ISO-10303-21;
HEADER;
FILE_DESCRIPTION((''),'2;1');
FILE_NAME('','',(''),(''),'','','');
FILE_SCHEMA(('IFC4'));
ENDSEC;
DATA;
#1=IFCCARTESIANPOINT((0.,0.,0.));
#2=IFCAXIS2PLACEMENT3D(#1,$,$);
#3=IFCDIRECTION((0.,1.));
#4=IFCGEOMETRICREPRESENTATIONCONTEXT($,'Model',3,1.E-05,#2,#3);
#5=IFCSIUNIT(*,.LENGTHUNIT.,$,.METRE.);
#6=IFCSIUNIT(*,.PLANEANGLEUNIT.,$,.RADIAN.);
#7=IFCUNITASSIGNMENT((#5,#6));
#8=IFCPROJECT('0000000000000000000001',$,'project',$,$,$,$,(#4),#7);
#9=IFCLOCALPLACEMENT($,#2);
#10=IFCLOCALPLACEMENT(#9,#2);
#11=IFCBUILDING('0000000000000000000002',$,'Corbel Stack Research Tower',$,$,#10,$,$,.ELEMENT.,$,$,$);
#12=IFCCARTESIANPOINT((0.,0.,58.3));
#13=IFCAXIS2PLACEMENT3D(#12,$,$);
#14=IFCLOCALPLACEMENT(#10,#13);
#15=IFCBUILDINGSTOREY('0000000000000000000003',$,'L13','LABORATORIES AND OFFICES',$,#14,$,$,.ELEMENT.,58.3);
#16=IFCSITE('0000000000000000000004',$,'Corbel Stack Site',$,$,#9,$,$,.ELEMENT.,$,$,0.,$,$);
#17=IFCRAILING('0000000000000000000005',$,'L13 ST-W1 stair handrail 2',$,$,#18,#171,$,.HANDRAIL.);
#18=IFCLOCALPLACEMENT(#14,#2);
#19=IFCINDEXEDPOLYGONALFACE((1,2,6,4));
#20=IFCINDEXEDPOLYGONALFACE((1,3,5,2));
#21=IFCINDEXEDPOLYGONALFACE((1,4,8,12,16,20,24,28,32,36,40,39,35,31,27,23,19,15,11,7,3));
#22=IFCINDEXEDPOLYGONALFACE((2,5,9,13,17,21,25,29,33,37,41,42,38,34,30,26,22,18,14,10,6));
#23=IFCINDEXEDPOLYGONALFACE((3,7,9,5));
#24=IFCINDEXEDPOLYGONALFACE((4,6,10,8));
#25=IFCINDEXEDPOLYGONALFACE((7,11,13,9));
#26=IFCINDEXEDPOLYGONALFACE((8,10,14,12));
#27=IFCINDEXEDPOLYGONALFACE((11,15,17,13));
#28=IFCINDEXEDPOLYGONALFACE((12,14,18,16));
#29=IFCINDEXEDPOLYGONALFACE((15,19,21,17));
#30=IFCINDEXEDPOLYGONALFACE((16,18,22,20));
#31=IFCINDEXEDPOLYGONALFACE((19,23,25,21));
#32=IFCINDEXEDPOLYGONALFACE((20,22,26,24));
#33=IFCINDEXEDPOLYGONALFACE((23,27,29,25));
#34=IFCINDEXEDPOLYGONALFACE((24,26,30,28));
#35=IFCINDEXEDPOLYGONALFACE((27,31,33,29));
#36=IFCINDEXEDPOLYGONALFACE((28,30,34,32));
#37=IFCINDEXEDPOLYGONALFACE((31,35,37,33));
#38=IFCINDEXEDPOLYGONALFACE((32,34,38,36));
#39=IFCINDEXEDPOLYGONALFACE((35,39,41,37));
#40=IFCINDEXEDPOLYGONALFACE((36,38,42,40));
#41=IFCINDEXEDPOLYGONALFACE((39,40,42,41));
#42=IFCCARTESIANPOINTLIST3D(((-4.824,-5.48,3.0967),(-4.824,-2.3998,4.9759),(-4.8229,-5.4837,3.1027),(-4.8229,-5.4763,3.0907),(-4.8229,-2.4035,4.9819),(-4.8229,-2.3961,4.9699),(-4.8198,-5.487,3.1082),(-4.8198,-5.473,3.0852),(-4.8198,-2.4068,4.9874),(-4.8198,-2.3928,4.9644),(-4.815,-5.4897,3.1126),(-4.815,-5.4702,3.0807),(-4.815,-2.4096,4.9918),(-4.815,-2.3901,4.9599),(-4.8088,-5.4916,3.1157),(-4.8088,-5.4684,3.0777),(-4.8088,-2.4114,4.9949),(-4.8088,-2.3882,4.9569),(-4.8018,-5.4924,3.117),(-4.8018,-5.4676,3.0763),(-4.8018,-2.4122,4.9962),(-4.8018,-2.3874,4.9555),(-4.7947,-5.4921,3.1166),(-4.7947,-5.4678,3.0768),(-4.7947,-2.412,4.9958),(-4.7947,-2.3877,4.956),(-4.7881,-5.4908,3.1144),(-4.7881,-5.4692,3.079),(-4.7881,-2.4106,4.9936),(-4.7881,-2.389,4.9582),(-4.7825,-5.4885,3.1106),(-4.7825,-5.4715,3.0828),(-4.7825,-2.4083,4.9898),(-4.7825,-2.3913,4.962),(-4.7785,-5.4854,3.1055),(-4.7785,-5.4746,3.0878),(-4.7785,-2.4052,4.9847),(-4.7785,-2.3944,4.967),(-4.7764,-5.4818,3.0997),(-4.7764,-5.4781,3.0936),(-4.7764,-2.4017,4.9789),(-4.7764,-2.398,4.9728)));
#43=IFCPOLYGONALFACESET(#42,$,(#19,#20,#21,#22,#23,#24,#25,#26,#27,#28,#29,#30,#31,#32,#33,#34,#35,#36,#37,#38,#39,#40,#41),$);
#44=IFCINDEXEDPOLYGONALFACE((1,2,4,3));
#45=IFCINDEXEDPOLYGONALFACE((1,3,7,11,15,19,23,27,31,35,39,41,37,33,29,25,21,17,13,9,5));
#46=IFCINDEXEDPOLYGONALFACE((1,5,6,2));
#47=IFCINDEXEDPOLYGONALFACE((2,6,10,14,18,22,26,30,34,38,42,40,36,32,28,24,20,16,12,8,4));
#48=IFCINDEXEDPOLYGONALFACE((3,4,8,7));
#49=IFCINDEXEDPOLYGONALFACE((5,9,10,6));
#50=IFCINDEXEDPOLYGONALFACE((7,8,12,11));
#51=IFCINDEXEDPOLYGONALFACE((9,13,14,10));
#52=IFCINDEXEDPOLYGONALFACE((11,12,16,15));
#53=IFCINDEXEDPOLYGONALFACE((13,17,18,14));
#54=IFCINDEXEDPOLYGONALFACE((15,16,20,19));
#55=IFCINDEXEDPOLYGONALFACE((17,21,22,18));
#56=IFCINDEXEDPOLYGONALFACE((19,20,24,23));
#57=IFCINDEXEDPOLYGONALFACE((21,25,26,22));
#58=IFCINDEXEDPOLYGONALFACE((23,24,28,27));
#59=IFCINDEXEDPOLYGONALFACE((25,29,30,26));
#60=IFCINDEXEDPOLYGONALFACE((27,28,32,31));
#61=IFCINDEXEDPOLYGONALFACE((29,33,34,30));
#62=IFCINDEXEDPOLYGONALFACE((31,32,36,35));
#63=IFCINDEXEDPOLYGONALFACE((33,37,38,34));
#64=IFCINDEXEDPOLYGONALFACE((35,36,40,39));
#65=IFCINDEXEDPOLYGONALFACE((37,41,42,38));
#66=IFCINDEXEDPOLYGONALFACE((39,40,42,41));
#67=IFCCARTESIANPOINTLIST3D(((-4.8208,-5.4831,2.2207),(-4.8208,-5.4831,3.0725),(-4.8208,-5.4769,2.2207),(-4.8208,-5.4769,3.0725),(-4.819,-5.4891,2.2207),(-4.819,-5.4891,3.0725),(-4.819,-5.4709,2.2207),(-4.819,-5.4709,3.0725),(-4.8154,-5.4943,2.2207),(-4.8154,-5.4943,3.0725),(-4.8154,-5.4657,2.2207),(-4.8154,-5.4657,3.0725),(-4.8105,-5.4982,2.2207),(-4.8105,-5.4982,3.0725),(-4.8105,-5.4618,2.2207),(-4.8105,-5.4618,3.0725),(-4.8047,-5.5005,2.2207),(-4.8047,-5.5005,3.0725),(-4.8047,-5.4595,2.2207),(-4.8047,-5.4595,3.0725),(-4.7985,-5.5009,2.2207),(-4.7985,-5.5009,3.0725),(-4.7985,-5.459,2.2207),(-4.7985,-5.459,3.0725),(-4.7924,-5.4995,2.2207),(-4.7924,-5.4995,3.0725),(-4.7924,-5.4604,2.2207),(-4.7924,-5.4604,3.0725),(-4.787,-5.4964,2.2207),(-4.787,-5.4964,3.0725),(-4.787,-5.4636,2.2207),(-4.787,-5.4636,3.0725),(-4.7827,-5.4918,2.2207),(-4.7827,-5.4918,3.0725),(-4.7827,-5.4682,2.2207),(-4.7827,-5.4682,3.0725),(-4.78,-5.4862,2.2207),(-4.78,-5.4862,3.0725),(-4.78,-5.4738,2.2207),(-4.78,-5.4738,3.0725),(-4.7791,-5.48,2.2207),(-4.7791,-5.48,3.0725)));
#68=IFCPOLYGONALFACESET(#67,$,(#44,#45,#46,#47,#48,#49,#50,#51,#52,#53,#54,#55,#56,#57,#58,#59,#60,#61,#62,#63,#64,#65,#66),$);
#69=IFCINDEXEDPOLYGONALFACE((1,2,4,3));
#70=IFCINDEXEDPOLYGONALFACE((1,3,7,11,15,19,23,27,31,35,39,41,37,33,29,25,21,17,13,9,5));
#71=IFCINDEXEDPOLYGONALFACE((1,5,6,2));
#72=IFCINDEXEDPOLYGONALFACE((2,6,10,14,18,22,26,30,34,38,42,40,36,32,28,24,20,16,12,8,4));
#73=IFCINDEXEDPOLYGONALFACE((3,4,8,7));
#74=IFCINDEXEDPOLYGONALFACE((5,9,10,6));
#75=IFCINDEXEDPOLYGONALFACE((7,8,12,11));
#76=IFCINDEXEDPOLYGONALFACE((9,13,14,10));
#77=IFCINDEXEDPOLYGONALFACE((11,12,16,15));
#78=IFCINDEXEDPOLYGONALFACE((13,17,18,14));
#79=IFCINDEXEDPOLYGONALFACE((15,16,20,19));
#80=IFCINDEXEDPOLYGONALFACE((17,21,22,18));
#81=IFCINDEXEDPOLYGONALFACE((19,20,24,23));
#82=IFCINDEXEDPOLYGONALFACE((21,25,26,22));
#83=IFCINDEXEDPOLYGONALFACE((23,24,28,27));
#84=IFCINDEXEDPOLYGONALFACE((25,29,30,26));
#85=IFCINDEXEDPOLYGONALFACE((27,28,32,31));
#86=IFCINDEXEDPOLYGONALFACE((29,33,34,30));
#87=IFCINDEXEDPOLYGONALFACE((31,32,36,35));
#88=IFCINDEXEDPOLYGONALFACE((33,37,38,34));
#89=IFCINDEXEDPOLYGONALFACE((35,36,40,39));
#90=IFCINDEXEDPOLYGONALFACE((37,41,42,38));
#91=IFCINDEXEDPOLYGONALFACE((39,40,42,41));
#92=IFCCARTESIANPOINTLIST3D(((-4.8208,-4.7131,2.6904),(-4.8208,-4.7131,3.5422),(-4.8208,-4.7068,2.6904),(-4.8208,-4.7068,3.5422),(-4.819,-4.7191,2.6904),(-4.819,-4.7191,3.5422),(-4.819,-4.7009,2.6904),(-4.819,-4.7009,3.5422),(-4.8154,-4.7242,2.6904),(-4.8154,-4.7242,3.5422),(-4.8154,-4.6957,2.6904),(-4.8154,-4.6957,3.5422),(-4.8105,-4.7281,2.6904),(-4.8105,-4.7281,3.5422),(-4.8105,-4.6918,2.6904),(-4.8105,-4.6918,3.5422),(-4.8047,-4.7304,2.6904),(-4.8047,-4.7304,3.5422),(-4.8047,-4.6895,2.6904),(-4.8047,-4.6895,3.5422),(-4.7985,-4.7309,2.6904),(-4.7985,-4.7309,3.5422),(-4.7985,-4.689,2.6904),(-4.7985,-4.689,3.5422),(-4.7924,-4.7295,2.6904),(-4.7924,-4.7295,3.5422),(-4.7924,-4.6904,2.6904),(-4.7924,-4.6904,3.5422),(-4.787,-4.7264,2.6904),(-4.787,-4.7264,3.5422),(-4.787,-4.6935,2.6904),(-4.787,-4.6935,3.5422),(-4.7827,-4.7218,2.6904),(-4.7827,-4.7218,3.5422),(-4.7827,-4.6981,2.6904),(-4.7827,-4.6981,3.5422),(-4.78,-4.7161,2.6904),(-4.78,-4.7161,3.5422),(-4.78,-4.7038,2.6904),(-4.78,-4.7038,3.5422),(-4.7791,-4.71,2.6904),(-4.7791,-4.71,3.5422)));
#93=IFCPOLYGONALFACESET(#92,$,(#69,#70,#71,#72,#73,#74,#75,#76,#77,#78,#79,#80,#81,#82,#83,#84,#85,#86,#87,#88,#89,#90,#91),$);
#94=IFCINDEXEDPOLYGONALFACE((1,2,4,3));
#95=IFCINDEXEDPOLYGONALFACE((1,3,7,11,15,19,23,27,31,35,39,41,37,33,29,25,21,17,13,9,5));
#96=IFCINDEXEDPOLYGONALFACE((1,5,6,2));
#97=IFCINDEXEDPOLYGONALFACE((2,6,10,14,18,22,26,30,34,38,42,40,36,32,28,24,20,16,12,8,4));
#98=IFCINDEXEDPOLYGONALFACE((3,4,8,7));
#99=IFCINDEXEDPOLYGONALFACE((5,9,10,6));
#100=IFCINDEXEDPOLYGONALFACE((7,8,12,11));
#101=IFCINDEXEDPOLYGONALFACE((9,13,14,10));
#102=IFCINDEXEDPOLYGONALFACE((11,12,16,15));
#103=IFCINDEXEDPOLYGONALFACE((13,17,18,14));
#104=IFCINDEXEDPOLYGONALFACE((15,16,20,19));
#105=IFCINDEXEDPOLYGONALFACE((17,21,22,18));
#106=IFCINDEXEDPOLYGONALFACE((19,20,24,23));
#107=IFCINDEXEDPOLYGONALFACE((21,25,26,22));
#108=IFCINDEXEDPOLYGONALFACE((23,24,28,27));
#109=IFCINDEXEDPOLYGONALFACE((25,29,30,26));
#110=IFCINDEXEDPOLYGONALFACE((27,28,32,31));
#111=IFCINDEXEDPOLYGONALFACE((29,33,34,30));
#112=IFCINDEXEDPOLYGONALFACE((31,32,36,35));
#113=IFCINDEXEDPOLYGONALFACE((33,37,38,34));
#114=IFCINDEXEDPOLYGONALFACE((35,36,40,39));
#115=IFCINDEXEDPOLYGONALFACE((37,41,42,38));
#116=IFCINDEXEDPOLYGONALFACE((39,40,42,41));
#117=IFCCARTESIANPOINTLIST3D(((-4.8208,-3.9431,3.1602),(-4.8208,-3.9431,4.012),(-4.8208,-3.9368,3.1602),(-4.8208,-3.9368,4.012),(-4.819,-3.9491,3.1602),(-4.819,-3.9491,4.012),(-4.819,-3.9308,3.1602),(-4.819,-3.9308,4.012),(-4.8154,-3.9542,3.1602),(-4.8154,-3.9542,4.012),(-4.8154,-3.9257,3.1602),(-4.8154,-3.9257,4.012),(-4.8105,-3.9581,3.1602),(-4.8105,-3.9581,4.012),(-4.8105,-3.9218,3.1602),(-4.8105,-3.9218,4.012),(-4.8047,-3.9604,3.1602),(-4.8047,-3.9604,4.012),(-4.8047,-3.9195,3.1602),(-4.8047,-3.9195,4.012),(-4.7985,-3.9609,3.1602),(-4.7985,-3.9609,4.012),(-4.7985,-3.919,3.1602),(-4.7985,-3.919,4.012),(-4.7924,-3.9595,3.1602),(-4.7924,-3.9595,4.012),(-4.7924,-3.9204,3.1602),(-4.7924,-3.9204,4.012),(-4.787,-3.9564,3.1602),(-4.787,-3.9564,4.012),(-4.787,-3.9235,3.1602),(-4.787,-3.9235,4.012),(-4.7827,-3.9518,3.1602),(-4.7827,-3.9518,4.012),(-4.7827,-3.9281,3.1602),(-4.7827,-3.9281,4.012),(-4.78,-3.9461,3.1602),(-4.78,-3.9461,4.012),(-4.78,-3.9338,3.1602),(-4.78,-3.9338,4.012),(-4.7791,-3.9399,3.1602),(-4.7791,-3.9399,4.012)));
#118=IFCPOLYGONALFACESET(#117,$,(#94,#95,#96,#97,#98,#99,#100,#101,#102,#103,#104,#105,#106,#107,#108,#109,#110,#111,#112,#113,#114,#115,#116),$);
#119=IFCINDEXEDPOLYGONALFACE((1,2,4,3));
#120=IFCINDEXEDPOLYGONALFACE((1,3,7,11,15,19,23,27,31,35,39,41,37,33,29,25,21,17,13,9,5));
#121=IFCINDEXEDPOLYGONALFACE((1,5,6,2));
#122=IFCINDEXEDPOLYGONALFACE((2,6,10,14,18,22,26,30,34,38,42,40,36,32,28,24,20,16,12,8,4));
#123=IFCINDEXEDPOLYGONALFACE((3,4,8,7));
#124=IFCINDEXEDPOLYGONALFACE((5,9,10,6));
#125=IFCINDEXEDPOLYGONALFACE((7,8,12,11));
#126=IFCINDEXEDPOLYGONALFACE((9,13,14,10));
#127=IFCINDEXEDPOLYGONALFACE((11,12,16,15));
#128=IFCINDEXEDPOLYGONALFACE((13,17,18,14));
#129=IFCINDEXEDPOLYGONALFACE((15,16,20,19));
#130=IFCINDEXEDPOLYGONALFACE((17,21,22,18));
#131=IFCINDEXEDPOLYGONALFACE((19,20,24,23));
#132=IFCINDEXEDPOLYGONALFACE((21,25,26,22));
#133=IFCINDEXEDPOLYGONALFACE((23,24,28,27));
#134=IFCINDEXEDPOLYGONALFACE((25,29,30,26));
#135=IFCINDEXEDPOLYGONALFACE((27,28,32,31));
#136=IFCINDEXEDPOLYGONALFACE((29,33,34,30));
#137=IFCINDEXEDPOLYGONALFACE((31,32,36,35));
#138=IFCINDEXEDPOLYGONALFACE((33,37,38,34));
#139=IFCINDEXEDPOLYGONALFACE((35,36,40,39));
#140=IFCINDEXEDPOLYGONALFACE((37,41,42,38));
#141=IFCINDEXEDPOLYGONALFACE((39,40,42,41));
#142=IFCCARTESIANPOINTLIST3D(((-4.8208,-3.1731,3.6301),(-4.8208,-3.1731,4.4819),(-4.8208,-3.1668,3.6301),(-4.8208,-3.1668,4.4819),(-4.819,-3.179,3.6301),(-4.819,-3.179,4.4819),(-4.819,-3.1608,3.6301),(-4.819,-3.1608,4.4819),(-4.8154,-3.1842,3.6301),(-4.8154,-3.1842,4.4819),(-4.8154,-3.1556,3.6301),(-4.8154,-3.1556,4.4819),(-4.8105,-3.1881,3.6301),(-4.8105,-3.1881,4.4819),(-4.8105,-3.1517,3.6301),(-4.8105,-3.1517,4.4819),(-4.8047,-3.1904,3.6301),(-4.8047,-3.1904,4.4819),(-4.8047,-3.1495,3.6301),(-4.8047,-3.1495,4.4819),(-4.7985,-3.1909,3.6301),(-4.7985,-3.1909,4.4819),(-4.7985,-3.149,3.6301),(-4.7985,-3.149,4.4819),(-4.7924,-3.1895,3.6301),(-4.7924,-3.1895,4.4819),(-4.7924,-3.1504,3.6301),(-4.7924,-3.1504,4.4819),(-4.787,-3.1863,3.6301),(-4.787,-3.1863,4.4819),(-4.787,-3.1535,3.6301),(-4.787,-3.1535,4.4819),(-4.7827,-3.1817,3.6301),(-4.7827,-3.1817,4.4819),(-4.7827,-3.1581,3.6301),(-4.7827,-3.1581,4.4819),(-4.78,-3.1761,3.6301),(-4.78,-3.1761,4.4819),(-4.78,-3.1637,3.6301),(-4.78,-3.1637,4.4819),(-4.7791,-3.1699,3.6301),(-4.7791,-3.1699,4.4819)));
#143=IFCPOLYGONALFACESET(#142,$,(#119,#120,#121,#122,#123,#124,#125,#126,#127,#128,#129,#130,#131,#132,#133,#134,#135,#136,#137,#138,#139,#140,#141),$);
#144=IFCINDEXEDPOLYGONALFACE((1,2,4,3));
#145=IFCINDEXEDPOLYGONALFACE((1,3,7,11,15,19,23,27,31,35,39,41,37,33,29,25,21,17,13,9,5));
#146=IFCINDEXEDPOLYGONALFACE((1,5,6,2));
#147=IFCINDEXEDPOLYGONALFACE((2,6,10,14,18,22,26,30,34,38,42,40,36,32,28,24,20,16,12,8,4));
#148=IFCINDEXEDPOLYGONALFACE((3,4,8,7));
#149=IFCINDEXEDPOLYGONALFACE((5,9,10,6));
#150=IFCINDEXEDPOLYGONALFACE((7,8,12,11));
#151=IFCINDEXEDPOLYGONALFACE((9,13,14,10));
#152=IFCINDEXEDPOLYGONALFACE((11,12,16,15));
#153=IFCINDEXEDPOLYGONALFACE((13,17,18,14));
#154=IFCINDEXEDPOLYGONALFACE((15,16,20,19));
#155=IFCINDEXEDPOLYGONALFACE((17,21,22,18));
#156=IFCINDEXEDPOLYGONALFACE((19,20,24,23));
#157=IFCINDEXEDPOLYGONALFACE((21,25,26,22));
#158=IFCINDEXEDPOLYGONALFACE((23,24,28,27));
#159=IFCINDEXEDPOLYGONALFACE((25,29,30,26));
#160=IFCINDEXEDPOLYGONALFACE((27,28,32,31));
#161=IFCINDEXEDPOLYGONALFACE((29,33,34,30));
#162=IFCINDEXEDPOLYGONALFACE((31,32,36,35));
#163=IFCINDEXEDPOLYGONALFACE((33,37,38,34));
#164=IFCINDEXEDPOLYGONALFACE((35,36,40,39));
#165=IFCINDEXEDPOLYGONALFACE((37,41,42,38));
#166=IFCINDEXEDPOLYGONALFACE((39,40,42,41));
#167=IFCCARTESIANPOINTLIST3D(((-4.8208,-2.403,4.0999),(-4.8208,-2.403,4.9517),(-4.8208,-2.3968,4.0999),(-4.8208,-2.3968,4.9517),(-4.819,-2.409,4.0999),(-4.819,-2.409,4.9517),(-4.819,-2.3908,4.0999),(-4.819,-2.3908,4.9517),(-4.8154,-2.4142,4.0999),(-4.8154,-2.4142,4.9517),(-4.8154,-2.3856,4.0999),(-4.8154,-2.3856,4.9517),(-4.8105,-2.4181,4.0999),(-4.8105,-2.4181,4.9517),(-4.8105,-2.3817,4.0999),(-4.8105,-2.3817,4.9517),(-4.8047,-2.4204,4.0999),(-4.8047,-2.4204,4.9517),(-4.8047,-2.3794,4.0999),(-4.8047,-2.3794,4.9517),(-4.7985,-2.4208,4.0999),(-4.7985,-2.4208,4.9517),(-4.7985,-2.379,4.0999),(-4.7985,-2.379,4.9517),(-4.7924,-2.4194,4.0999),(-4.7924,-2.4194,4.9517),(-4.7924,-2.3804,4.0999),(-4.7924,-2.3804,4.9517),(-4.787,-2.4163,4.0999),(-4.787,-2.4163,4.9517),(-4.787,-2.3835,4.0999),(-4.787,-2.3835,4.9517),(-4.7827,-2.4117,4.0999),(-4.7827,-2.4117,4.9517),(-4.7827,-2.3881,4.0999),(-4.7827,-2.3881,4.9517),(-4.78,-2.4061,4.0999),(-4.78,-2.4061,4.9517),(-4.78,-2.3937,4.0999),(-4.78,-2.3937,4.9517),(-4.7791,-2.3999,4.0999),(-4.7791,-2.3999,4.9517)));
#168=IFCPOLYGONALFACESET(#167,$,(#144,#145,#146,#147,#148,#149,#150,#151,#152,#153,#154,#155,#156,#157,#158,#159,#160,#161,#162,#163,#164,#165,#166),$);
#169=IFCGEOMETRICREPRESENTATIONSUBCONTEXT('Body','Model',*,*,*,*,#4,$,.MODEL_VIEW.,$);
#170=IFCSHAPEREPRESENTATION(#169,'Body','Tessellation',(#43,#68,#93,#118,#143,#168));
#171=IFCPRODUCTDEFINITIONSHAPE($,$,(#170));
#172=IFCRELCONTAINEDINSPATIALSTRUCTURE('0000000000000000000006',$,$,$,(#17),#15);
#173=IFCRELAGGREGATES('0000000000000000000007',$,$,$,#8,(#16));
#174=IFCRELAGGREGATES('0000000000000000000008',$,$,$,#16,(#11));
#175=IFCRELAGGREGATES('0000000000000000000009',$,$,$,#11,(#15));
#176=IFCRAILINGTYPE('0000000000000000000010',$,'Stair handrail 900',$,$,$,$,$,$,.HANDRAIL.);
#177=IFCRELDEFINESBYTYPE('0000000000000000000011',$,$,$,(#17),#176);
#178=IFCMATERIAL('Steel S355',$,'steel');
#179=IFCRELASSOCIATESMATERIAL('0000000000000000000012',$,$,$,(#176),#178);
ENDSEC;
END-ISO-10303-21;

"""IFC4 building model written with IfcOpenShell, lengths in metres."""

from ifc_helpers import new_model, si_unit, direction, frame, origin, origin_2d, place, context, subcontext, project, spatial, circle, extrude, material, type_object, element, save


model = new_model("IFC4")

# Units and contexts
model_context = context("Model", 3, precision=1e-05, world=origin(), true_north=direction((0.0, 1.0)))
body_context = subcontext(model_context, "Body", "Model", "MODEL_VIEW")
ifc_project = project(units=[si_unit("LENGTHUNIT", "METRE"), si_unit("PLANEANGLEUNIT", "RADIAN")], contexts=[model_context])

# Site, building, storey
site_placement = place(None, origin())
site = spatial("IfcSite", under=ifc_project, at=site_placement, Name="Corbel Stack Site", CompositionType="ELEMENT", RefElevation=0.0)
building_placement = place(site_placement, origin())
building = spatial("IfcBuilding", under=site, at=building_placement, Name="Corbel Stack Research Tower", CompositionType="ELEMENT")
storey_placement = place(building_placement, frame((0.0, 0.0, 58.3)))
storey = spatial("IfcBuildingStorey", under=building, at=storey_placement, Name="L13", Description="LABORATORIES AND OFFICES", CompositionType="ELEMENT", Elevation=58.3)

# Railing
ifc_material_1 = material(Name="Steel S355", Category="steel")
railing_type_1 = type_object("IfcRailingType", Name="Stair handrail 900", PredefinedType="HANDRAIL", material=ifc_material_1)
railing_1_placement = place(storey_placement, frame((-4.8, -5.48, 2.2207)))
element("IfcRailing", 1, at=railing_1_placement, inside=storey, type_object=railing_type_1, Name="L13 ST-W1 stair handrail 2", PredefinedType="HANDRAIL", context=body_context, shape_type="SweptSolid", body=[
    extrude(circle(Radius=0.0239, at=origin_2d()), frame((0.0, 0.0, 0.876), z_axis=(0.0, 0.853666, 0.52082), x_axis=(-1.0, 0.0, 0.0)), (0.0, 0.0, 1.0), 3.6082),
    extrude(circle(Radius=0.021, at=origin_2d()), origin(), (0.0, 0.0, 1.0), 0.8518),
    extrude(circle(Radius=0.021, at=origin_2d()), frame((0.0, 0.77, 0.4697)), (0.0, 0.0, 1.0), 0.8518),
    extrude(circle(Radius=0.021, at=origin_2d()), frame((0.0, 1.54, 0.9395)), (0.0, 0.0, 1.0), 0.8518),
    extrude(circle(Radius=0.021, at=origin_2d()), frame((0.0, 2.3101, 1.4094)), (0.0, 0.0, 1.0), 0.8518),
    extrude(circle(Radius=0.021, at=origin_2d()), frame((0.0, 3.0801, 1.8792)), (0.0, 0.0, 1.0), 0.8518),
])

save(model, "model.ifc")
